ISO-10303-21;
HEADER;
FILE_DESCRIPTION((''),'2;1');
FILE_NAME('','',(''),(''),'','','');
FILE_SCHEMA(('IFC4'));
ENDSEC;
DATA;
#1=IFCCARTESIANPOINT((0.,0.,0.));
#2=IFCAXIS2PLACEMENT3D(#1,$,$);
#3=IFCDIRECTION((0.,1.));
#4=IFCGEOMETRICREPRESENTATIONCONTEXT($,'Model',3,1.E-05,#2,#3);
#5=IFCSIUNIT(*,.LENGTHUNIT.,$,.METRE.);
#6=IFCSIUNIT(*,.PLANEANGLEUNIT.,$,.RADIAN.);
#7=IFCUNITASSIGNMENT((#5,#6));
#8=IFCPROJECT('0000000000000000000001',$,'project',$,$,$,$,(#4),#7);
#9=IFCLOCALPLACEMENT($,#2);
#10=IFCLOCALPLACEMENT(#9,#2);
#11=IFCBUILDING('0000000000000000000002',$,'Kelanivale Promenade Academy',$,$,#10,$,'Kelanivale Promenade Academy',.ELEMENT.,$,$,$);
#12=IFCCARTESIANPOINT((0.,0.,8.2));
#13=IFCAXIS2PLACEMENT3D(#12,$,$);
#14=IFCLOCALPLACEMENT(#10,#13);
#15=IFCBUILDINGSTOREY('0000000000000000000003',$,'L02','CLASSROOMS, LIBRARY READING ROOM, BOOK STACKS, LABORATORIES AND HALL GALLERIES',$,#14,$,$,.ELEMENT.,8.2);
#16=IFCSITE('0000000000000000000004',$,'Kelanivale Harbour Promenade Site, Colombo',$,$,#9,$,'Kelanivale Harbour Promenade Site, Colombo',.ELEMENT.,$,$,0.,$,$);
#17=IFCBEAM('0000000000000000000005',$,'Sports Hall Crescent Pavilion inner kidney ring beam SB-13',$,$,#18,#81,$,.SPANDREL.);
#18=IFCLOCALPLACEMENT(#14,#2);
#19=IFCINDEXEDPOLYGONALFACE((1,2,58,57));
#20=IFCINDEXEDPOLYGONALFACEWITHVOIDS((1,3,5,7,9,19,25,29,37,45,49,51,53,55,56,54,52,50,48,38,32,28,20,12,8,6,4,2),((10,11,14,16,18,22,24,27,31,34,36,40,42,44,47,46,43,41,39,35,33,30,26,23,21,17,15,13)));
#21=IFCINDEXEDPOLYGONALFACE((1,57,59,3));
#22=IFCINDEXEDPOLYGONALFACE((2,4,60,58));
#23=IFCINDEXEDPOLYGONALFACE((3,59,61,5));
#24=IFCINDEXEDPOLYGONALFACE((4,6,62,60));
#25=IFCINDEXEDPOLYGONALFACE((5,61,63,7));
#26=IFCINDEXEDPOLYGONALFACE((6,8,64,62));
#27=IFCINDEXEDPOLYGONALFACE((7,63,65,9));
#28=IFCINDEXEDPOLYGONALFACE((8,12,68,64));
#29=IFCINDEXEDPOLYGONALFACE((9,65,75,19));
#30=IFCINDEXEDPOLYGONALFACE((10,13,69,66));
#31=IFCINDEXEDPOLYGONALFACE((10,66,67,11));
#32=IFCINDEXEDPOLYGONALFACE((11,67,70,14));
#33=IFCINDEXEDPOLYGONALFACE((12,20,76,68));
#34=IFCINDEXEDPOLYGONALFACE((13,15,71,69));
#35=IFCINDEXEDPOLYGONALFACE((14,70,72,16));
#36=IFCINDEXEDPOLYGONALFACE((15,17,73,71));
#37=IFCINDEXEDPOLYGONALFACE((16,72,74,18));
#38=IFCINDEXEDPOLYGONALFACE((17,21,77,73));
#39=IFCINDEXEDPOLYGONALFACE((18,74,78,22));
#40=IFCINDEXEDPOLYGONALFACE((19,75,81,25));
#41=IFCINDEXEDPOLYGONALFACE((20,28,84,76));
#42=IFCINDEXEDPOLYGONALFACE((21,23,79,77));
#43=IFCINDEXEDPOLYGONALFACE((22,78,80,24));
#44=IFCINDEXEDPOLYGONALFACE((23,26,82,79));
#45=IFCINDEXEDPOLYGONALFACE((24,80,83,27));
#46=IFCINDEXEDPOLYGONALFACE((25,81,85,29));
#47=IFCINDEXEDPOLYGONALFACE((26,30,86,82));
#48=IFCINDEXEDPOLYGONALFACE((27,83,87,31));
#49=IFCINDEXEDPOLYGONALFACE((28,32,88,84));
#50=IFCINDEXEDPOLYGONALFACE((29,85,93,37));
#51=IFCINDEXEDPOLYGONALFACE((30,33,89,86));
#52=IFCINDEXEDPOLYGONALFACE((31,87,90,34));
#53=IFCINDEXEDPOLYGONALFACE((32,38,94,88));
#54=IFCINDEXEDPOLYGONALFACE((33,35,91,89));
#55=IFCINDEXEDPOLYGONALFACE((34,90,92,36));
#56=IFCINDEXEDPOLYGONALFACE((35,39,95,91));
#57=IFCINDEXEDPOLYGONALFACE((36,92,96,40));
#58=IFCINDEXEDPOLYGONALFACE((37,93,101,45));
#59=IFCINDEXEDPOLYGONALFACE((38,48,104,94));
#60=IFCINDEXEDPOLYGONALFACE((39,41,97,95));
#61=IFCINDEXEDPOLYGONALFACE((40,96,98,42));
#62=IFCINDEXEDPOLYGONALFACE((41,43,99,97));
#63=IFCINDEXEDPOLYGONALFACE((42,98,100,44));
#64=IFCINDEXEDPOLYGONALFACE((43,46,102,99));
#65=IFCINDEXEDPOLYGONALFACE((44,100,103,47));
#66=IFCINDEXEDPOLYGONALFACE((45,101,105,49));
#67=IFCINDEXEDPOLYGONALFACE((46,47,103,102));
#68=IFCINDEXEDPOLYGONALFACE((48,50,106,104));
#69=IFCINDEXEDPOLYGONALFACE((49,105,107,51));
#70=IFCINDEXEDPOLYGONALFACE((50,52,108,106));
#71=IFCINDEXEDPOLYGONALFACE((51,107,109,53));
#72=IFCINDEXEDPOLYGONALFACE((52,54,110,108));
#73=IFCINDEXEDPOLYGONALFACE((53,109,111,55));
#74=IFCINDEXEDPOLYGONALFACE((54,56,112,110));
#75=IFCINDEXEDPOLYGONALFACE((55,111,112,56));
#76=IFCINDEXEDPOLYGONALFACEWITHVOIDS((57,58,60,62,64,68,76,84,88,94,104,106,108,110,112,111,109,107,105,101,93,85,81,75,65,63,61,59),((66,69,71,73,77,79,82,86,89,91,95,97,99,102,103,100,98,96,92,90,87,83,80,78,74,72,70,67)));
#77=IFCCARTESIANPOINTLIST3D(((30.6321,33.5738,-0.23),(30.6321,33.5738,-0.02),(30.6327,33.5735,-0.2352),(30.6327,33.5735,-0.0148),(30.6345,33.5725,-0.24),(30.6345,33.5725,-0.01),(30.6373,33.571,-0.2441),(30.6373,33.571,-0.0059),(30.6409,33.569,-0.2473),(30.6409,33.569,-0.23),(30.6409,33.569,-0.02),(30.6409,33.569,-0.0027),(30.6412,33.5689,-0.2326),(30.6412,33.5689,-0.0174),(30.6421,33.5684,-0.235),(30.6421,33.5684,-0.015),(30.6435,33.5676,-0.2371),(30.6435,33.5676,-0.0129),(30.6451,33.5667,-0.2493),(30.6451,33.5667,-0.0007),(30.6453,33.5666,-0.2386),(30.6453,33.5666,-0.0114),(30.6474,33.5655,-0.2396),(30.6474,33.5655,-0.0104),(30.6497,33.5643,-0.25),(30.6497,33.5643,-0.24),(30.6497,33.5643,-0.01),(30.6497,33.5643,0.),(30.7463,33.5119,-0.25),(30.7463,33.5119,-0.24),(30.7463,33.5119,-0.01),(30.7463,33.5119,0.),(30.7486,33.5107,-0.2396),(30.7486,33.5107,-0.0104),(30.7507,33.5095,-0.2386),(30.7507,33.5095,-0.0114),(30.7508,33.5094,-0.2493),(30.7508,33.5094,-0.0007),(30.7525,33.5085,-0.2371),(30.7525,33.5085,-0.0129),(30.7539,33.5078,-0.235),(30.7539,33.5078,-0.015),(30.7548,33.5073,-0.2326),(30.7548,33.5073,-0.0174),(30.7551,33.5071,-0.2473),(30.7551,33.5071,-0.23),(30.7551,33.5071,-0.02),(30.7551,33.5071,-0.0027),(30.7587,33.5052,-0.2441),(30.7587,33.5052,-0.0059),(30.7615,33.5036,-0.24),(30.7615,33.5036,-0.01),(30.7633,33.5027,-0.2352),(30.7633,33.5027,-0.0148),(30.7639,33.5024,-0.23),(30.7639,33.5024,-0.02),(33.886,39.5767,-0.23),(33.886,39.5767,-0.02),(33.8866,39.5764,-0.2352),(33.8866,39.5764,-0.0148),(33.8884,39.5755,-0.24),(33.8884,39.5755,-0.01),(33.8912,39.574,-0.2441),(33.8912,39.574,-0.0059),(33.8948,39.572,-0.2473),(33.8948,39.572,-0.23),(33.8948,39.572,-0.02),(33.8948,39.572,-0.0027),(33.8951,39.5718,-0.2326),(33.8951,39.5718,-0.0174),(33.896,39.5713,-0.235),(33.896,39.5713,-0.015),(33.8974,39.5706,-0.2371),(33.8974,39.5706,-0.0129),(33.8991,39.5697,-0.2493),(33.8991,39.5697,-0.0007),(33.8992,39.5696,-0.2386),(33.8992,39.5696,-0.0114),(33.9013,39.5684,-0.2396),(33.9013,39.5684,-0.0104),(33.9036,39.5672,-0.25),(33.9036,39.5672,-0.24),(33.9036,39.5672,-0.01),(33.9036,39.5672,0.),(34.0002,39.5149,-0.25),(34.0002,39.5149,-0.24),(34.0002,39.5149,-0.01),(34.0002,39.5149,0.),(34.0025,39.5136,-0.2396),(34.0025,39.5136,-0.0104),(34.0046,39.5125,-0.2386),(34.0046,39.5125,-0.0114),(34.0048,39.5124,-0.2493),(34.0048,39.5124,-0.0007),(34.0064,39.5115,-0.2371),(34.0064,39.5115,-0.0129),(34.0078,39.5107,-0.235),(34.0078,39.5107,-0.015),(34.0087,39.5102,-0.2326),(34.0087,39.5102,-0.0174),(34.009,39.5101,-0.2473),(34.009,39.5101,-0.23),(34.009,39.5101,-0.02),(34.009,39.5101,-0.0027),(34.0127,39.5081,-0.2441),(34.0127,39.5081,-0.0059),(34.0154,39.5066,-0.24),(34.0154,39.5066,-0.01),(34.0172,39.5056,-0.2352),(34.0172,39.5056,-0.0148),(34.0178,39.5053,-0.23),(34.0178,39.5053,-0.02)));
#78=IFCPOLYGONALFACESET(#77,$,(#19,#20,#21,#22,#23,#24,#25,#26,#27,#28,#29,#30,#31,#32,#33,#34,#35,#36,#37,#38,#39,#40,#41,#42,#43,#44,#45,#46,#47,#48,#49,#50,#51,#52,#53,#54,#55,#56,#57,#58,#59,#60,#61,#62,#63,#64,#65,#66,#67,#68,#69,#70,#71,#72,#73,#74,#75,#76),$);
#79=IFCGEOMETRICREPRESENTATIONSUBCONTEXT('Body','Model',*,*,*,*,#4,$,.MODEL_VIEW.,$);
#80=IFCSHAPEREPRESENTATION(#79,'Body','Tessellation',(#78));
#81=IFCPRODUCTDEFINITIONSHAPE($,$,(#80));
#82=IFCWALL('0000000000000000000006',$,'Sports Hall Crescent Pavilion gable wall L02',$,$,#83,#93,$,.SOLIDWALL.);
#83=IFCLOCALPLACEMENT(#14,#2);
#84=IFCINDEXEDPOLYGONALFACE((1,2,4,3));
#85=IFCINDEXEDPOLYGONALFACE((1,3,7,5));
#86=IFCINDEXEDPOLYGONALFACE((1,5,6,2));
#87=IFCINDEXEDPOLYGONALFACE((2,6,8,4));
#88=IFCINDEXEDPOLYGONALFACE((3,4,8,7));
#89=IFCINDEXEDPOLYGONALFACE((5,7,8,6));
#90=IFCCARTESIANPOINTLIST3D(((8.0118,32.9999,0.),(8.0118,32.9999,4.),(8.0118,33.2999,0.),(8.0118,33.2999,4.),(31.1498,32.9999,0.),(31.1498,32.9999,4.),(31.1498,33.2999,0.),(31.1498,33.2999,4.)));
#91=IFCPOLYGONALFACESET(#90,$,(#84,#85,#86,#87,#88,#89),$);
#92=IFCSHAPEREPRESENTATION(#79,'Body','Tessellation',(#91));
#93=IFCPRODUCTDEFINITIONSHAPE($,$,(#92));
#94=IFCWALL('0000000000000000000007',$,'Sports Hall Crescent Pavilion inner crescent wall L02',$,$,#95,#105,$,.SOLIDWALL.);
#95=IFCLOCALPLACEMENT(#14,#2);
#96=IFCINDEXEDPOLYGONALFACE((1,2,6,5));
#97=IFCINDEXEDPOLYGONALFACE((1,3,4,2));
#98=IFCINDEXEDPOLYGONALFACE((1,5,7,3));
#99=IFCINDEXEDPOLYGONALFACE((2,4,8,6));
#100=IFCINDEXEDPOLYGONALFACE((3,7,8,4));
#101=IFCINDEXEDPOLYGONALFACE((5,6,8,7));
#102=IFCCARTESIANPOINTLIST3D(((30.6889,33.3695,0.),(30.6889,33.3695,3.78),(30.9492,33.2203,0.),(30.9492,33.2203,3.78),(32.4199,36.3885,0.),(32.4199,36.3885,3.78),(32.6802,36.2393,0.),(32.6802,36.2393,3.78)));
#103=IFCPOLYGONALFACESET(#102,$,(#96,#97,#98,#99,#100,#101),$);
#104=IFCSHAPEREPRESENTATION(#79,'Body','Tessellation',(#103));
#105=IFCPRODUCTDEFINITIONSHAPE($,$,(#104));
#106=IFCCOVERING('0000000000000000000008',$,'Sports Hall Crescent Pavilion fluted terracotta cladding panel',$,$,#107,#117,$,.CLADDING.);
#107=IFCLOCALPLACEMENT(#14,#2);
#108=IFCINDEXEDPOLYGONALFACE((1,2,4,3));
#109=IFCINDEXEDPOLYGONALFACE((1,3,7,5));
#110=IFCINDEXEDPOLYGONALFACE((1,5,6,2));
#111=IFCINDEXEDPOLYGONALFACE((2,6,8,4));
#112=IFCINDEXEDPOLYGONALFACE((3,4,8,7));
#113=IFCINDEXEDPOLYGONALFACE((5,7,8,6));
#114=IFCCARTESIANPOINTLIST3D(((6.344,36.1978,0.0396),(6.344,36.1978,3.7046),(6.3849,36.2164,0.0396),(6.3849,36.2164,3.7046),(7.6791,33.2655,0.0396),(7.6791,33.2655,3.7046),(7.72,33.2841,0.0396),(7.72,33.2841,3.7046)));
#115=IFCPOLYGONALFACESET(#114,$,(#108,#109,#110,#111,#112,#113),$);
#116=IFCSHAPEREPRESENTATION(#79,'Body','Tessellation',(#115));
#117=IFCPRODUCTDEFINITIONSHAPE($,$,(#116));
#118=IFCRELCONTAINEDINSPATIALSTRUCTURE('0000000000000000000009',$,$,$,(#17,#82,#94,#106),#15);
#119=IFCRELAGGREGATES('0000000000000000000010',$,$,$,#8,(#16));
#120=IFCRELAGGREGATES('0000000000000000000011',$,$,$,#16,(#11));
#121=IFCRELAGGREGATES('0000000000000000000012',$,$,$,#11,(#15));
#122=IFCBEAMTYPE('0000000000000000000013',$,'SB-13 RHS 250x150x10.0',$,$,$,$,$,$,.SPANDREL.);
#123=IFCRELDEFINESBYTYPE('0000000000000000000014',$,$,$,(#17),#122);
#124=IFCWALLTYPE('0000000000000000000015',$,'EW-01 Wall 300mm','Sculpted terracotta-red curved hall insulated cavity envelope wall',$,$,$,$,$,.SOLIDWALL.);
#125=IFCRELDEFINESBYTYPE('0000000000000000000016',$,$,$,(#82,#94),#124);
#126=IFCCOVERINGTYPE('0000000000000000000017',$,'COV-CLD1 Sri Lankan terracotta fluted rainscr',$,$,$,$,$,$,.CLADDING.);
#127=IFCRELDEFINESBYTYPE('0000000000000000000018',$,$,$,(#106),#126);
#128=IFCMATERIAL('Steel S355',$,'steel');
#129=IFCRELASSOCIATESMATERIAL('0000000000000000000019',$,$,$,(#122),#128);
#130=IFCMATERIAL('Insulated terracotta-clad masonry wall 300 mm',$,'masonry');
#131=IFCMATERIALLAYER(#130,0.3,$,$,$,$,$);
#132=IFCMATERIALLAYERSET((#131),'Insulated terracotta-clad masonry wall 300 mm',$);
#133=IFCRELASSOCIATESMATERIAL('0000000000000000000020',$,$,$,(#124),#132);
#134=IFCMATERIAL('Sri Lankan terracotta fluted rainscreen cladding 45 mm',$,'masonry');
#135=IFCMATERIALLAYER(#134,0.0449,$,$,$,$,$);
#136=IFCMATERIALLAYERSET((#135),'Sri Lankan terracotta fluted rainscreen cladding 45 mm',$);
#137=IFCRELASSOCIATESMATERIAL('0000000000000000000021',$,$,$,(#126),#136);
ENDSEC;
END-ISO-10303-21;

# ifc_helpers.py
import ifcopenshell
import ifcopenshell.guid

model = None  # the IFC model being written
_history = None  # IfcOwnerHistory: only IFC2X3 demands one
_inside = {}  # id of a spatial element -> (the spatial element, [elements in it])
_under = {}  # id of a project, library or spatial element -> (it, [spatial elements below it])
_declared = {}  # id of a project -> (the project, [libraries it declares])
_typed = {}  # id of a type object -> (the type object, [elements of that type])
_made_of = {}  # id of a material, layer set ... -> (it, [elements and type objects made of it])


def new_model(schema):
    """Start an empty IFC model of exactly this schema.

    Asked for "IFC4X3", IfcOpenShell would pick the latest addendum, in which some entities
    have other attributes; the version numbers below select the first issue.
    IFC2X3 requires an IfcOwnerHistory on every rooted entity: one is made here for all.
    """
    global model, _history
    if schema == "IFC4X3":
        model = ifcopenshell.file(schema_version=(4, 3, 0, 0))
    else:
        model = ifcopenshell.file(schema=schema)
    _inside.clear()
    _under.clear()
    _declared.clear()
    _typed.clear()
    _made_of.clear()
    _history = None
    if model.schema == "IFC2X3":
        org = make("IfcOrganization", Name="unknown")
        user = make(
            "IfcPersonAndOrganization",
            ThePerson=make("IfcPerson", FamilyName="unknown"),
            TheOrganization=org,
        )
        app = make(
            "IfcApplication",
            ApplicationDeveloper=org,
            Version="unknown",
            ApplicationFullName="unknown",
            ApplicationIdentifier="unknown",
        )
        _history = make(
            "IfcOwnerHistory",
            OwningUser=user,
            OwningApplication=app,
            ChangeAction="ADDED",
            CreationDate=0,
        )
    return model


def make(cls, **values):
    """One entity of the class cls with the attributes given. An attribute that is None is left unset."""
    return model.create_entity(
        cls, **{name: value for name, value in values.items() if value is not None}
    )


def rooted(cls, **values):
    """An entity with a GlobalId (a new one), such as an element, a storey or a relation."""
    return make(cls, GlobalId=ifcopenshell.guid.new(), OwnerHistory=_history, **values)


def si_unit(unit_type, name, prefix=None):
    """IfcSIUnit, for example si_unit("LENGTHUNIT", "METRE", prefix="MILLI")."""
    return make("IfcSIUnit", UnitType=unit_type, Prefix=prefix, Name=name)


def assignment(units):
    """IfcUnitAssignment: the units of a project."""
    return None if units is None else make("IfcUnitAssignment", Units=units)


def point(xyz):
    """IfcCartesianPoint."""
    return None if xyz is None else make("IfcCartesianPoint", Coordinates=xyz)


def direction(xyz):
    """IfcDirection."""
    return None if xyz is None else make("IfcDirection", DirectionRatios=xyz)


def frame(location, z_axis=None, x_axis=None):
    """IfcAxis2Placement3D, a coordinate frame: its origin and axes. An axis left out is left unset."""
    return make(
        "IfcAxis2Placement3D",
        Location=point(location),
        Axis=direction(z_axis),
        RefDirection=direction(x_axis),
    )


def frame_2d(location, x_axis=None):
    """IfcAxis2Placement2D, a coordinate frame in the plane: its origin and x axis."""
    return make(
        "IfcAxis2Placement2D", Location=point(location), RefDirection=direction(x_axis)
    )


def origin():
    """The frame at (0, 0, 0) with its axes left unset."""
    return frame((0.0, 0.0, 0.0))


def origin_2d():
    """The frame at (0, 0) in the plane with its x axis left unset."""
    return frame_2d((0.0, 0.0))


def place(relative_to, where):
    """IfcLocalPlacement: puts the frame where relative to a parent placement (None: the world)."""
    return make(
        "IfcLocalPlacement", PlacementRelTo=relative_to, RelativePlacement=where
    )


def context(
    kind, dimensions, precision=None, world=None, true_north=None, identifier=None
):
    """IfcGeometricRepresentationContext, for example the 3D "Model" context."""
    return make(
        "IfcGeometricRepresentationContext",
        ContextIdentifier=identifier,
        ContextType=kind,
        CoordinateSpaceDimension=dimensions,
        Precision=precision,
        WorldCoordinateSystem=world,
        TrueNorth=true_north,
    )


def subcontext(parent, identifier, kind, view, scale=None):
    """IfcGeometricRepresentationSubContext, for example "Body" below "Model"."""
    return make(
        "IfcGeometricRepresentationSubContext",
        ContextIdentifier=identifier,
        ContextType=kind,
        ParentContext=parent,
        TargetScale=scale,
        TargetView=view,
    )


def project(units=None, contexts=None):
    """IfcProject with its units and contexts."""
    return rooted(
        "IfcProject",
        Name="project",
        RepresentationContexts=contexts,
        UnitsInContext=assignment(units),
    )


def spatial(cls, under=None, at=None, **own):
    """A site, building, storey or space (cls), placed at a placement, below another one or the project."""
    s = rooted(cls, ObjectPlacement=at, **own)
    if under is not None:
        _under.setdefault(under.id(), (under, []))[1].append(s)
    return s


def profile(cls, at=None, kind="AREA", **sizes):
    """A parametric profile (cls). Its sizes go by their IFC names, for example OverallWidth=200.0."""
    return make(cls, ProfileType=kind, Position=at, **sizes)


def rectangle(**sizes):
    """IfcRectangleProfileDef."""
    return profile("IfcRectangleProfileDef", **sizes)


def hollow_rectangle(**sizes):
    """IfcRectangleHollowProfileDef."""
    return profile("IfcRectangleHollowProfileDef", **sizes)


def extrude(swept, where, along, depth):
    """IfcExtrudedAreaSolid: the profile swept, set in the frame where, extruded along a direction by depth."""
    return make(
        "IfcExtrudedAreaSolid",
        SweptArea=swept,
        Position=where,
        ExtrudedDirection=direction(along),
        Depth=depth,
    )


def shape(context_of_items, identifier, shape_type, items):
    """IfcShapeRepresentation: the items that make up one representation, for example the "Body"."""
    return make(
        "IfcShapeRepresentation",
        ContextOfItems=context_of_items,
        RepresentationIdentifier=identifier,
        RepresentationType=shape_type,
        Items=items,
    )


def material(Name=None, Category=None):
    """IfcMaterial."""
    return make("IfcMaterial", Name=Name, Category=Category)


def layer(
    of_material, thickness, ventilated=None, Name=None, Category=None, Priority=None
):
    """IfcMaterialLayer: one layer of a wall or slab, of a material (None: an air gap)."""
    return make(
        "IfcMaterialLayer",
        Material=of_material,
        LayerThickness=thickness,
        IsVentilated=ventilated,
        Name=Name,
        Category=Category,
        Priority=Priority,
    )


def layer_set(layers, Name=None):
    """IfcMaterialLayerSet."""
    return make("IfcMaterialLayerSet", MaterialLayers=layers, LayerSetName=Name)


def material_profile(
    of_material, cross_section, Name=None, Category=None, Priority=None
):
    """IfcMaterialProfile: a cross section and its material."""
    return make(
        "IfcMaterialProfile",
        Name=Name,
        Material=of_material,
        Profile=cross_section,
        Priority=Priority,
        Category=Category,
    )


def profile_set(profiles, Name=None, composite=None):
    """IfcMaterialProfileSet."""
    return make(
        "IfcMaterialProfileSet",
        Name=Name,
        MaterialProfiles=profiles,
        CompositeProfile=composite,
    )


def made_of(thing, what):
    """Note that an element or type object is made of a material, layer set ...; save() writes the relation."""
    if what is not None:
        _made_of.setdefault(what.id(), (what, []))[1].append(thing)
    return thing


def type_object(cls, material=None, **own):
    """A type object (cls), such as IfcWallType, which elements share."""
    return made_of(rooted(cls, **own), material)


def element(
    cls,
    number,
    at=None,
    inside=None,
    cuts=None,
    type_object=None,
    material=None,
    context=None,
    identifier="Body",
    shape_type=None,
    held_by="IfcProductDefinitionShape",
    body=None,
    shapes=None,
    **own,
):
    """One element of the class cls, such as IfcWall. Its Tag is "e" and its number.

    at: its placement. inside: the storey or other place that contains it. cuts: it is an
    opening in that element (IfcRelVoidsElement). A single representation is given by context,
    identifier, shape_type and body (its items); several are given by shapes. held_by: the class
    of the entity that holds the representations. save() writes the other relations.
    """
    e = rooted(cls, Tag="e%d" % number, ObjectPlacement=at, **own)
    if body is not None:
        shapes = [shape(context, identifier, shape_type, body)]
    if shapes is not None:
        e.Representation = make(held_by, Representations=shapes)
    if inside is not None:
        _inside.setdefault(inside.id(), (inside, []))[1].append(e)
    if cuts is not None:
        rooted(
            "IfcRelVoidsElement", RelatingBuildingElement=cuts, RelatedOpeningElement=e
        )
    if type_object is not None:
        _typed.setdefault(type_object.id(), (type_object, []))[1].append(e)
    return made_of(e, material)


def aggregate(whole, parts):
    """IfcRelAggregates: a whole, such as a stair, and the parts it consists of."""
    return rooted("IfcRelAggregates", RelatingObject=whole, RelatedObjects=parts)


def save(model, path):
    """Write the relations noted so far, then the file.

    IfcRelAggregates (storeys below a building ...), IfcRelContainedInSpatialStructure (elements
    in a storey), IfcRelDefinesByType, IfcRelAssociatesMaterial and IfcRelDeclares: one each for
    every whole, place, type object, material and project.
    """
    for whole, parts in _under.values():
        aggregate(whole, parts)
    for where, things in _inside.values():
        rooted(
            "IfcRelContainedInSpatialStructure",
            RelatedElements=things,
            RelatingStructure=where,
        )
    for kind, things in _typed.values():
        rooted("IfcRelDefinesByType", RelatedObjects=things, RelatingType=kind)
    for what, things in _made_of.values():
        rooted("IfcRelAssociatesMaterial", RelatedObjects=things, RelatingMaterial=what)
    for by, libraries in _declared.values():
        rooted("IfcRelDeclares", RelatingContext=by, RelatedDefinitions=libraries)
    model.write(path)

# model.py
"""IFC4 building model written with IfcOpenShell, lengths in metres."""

from ifc_helpers import new_model, si_unit, direction, frame, frame_2d, origin, origin_2d, place, context, subcontext, project, spatial, rectangle, hollow_rectangle, extrude, material, layer, layer_set, material_profile, profile_set, type_object, element, save


model = new_model("IFC4")

# Units and contexts
model_context = context("Model", 3, precision=1e-05, world=origin(), true_north=direction((0.0, 1.0)))
body_context = subcontext(model_context, "Body", "Model", "MODEL_VIEW")
ifc_project = project(units=[si_unit("LENGTHUNIT", "METRE"), si_unit("PLANEANGLEUNIT", "RADIAN")], contexts=[model_context])

# Site, building, storey
site_placement = place(None, origin())
site = spatial("IfcSite", under=ifc_project, at=site_placement, Name="Kelanivale Harbour Promenade Site, Colombo", LongName="Kelanivale Harbour Promenade Site, Colombo", CompositionType="ELEMENT", RefElevation=0.0)
building_placement = place(site_placement, origin())
building = spatial("IfcBuilding", under=site, at=building_placement, Name="Kelanivale Promenade Academy", LongName="Kelanivale Promenade Academy", CompositionType="ELEMENT")
storey_placement = place(building_placement, frame((0.0, 0.0, 8.2)))
storey = spatial("IfcBuildingStorey", under=building, at=storey_placement, Name="L02", Description="CLASSROOMS, LIBRARY READING ROOM, BOOK STACKS, LABORATORIES AND HALL GALLERIES", CompositionType="ELEMENT", Elevation=8.2)

# Shared definitions
ifc_material_1 = material(Name="Steel S355", Category="steel")

# Beam
ifc_material_profile_1 = material_profile(ifc_material_1, hollow_rectangle(XDim=0.1499, YDim=0.25, WallThickness=0.01, InnerFilletRadius=0.01, OuterFilletRadius=0.02, at=origin_2d()), Name="RHS 250x150x10.0")
ifc_profile_set_1 = profile_set([ifc_material_profile_1], Name="Steel S355")
beam_type = type_object("IfcBeamType", Name="SB-13 RHS 250x150x10.0", PredefinedType="SPANDREL", material=ifc_profile_set_1)
beam_1_placement = place(storey_placement, frame((30.698, 33.5381, -0.125), z_axis=(0.476546, 0.87915, 0.0), x_axis=(-0.87915, 0.476546, 0.0)))
element("IfcBeam", 1, at=beam_1_placement, inside=storey, type_object=beam_type, Name="Sports Hall Crescent Pavilion inner kidney ring beam SB-13", PredefinedType="SPANDREL", context=body_context, shape_type="SweptSolid", body=[
    extrude(hollow_rectangle(XDim=0.1499, YDim=0.25, WallThickness=0.01, InnerFilletRadius=0.01, OuterFilletRadius=0.02, at=origin_2d()), origin(), (0.0, 0.0, 1.0), 6.8281),
])

# Walls
ifc_material_2 = material(Name="Insulated terracotta-clad masonry wall 300 mm", Category="masonry")
ifc_layer_1 = layer(ifc_material_2, 0.3)
ifc_layer_set_1 = layer_set([ifc_layer_1], Name="Insulated terracotta-clad masonry wall 300 mm")
wall_type = type_object("IfcWallType", Name="EW-01 Wall 300mm", Description="Sculpted terracotta-red curved hall insulated cavity envelope wall", PredefinedType="SOLIDWALL", material=ifc_layer_set_1)
wall_1_placement = place(storey_placement, frame((8.012, 33.1499, 0.0), z_axis=(0.0, 0.0, 1.0), x_axis=(1.0, 0.0, 0.0)))
element("IfcWall", 2, at=wall_1_placement, inside=storey, type_object=wall_type, Name="Sports Hall Crescent Pavilion gable wall L02", PredefinedType="SOLIDWALL", context=body_context, shape_type="SweptSolid", body=[
    extrude(rectangle(XDim=23.1379, YDim=0.3, at=frame_2d((11.5688, 0.0))), origin(), (0.0, 0.0, 1.0), 4.0),
])
wall_2_placement = place(storey_placement, frame((30.8191, 33.2949, 0.0), z_axis=(0.0, 0.0, 1.0), x_axis=(0.497393, 0.867526, 0.0)))
element("IfcWall", 3, at=wall_2_placement, inside=storey, type_object=wall_type, Name="Sports Hall Crescent Pavilion inner crescent wall L02", PredefinedType="SOLIDWALL", context=body_context, shape_type="SweptSolid", body=[
    extrude(rectangle(XDim=3.48, YDim=0.3, at=frame_2d((1.74, 0.0))), origin(), (0.0, 0.0, 1.0), 3.78),
])

# Covering
ifc_material_3 = material(Name="Sri Lankan terracotta fluted rainscreen cladding 45 mm", Category="masonry")
ifc_layer_2 = layer(ifc_material_3, 0.0449)
ifc_layer_set_2 = layer_set([ifc_layer_2], Name="Sri Lankan terracotta fluted rainscreen cladding 45 mm")
covering_type_1 = type_object("IfcCoveringType", Name="COV-CLD1 Sri Lankan terracotta fluted rainscr", PredefinedType="CLADDING", material=ifc_layer_set_2)
covering_1_placement = place(storey_placement, frame((7.032, 34.741, 0.0396), z_axis=(0.0, 0.0, 1.0), x_axis=(0.414376, -0.910106, 0.0)))
element("IfcCovering", 4, at=covering_1_placement, inside=storey, type_object=covering_type_1, Name="Sports Hall Crescent Pavilion fluted terracotta cladding panel", PredefinedType="CLADDING", context=body_context, shape_type="SweptSolid", body=[
    extrude(rectangle(XDim=3.2219, YDim=0.0449, at=origin_2d()), origin(), (0.0, 0.0, 1.0), 3.665),
])

save(model, "model.ifc")
